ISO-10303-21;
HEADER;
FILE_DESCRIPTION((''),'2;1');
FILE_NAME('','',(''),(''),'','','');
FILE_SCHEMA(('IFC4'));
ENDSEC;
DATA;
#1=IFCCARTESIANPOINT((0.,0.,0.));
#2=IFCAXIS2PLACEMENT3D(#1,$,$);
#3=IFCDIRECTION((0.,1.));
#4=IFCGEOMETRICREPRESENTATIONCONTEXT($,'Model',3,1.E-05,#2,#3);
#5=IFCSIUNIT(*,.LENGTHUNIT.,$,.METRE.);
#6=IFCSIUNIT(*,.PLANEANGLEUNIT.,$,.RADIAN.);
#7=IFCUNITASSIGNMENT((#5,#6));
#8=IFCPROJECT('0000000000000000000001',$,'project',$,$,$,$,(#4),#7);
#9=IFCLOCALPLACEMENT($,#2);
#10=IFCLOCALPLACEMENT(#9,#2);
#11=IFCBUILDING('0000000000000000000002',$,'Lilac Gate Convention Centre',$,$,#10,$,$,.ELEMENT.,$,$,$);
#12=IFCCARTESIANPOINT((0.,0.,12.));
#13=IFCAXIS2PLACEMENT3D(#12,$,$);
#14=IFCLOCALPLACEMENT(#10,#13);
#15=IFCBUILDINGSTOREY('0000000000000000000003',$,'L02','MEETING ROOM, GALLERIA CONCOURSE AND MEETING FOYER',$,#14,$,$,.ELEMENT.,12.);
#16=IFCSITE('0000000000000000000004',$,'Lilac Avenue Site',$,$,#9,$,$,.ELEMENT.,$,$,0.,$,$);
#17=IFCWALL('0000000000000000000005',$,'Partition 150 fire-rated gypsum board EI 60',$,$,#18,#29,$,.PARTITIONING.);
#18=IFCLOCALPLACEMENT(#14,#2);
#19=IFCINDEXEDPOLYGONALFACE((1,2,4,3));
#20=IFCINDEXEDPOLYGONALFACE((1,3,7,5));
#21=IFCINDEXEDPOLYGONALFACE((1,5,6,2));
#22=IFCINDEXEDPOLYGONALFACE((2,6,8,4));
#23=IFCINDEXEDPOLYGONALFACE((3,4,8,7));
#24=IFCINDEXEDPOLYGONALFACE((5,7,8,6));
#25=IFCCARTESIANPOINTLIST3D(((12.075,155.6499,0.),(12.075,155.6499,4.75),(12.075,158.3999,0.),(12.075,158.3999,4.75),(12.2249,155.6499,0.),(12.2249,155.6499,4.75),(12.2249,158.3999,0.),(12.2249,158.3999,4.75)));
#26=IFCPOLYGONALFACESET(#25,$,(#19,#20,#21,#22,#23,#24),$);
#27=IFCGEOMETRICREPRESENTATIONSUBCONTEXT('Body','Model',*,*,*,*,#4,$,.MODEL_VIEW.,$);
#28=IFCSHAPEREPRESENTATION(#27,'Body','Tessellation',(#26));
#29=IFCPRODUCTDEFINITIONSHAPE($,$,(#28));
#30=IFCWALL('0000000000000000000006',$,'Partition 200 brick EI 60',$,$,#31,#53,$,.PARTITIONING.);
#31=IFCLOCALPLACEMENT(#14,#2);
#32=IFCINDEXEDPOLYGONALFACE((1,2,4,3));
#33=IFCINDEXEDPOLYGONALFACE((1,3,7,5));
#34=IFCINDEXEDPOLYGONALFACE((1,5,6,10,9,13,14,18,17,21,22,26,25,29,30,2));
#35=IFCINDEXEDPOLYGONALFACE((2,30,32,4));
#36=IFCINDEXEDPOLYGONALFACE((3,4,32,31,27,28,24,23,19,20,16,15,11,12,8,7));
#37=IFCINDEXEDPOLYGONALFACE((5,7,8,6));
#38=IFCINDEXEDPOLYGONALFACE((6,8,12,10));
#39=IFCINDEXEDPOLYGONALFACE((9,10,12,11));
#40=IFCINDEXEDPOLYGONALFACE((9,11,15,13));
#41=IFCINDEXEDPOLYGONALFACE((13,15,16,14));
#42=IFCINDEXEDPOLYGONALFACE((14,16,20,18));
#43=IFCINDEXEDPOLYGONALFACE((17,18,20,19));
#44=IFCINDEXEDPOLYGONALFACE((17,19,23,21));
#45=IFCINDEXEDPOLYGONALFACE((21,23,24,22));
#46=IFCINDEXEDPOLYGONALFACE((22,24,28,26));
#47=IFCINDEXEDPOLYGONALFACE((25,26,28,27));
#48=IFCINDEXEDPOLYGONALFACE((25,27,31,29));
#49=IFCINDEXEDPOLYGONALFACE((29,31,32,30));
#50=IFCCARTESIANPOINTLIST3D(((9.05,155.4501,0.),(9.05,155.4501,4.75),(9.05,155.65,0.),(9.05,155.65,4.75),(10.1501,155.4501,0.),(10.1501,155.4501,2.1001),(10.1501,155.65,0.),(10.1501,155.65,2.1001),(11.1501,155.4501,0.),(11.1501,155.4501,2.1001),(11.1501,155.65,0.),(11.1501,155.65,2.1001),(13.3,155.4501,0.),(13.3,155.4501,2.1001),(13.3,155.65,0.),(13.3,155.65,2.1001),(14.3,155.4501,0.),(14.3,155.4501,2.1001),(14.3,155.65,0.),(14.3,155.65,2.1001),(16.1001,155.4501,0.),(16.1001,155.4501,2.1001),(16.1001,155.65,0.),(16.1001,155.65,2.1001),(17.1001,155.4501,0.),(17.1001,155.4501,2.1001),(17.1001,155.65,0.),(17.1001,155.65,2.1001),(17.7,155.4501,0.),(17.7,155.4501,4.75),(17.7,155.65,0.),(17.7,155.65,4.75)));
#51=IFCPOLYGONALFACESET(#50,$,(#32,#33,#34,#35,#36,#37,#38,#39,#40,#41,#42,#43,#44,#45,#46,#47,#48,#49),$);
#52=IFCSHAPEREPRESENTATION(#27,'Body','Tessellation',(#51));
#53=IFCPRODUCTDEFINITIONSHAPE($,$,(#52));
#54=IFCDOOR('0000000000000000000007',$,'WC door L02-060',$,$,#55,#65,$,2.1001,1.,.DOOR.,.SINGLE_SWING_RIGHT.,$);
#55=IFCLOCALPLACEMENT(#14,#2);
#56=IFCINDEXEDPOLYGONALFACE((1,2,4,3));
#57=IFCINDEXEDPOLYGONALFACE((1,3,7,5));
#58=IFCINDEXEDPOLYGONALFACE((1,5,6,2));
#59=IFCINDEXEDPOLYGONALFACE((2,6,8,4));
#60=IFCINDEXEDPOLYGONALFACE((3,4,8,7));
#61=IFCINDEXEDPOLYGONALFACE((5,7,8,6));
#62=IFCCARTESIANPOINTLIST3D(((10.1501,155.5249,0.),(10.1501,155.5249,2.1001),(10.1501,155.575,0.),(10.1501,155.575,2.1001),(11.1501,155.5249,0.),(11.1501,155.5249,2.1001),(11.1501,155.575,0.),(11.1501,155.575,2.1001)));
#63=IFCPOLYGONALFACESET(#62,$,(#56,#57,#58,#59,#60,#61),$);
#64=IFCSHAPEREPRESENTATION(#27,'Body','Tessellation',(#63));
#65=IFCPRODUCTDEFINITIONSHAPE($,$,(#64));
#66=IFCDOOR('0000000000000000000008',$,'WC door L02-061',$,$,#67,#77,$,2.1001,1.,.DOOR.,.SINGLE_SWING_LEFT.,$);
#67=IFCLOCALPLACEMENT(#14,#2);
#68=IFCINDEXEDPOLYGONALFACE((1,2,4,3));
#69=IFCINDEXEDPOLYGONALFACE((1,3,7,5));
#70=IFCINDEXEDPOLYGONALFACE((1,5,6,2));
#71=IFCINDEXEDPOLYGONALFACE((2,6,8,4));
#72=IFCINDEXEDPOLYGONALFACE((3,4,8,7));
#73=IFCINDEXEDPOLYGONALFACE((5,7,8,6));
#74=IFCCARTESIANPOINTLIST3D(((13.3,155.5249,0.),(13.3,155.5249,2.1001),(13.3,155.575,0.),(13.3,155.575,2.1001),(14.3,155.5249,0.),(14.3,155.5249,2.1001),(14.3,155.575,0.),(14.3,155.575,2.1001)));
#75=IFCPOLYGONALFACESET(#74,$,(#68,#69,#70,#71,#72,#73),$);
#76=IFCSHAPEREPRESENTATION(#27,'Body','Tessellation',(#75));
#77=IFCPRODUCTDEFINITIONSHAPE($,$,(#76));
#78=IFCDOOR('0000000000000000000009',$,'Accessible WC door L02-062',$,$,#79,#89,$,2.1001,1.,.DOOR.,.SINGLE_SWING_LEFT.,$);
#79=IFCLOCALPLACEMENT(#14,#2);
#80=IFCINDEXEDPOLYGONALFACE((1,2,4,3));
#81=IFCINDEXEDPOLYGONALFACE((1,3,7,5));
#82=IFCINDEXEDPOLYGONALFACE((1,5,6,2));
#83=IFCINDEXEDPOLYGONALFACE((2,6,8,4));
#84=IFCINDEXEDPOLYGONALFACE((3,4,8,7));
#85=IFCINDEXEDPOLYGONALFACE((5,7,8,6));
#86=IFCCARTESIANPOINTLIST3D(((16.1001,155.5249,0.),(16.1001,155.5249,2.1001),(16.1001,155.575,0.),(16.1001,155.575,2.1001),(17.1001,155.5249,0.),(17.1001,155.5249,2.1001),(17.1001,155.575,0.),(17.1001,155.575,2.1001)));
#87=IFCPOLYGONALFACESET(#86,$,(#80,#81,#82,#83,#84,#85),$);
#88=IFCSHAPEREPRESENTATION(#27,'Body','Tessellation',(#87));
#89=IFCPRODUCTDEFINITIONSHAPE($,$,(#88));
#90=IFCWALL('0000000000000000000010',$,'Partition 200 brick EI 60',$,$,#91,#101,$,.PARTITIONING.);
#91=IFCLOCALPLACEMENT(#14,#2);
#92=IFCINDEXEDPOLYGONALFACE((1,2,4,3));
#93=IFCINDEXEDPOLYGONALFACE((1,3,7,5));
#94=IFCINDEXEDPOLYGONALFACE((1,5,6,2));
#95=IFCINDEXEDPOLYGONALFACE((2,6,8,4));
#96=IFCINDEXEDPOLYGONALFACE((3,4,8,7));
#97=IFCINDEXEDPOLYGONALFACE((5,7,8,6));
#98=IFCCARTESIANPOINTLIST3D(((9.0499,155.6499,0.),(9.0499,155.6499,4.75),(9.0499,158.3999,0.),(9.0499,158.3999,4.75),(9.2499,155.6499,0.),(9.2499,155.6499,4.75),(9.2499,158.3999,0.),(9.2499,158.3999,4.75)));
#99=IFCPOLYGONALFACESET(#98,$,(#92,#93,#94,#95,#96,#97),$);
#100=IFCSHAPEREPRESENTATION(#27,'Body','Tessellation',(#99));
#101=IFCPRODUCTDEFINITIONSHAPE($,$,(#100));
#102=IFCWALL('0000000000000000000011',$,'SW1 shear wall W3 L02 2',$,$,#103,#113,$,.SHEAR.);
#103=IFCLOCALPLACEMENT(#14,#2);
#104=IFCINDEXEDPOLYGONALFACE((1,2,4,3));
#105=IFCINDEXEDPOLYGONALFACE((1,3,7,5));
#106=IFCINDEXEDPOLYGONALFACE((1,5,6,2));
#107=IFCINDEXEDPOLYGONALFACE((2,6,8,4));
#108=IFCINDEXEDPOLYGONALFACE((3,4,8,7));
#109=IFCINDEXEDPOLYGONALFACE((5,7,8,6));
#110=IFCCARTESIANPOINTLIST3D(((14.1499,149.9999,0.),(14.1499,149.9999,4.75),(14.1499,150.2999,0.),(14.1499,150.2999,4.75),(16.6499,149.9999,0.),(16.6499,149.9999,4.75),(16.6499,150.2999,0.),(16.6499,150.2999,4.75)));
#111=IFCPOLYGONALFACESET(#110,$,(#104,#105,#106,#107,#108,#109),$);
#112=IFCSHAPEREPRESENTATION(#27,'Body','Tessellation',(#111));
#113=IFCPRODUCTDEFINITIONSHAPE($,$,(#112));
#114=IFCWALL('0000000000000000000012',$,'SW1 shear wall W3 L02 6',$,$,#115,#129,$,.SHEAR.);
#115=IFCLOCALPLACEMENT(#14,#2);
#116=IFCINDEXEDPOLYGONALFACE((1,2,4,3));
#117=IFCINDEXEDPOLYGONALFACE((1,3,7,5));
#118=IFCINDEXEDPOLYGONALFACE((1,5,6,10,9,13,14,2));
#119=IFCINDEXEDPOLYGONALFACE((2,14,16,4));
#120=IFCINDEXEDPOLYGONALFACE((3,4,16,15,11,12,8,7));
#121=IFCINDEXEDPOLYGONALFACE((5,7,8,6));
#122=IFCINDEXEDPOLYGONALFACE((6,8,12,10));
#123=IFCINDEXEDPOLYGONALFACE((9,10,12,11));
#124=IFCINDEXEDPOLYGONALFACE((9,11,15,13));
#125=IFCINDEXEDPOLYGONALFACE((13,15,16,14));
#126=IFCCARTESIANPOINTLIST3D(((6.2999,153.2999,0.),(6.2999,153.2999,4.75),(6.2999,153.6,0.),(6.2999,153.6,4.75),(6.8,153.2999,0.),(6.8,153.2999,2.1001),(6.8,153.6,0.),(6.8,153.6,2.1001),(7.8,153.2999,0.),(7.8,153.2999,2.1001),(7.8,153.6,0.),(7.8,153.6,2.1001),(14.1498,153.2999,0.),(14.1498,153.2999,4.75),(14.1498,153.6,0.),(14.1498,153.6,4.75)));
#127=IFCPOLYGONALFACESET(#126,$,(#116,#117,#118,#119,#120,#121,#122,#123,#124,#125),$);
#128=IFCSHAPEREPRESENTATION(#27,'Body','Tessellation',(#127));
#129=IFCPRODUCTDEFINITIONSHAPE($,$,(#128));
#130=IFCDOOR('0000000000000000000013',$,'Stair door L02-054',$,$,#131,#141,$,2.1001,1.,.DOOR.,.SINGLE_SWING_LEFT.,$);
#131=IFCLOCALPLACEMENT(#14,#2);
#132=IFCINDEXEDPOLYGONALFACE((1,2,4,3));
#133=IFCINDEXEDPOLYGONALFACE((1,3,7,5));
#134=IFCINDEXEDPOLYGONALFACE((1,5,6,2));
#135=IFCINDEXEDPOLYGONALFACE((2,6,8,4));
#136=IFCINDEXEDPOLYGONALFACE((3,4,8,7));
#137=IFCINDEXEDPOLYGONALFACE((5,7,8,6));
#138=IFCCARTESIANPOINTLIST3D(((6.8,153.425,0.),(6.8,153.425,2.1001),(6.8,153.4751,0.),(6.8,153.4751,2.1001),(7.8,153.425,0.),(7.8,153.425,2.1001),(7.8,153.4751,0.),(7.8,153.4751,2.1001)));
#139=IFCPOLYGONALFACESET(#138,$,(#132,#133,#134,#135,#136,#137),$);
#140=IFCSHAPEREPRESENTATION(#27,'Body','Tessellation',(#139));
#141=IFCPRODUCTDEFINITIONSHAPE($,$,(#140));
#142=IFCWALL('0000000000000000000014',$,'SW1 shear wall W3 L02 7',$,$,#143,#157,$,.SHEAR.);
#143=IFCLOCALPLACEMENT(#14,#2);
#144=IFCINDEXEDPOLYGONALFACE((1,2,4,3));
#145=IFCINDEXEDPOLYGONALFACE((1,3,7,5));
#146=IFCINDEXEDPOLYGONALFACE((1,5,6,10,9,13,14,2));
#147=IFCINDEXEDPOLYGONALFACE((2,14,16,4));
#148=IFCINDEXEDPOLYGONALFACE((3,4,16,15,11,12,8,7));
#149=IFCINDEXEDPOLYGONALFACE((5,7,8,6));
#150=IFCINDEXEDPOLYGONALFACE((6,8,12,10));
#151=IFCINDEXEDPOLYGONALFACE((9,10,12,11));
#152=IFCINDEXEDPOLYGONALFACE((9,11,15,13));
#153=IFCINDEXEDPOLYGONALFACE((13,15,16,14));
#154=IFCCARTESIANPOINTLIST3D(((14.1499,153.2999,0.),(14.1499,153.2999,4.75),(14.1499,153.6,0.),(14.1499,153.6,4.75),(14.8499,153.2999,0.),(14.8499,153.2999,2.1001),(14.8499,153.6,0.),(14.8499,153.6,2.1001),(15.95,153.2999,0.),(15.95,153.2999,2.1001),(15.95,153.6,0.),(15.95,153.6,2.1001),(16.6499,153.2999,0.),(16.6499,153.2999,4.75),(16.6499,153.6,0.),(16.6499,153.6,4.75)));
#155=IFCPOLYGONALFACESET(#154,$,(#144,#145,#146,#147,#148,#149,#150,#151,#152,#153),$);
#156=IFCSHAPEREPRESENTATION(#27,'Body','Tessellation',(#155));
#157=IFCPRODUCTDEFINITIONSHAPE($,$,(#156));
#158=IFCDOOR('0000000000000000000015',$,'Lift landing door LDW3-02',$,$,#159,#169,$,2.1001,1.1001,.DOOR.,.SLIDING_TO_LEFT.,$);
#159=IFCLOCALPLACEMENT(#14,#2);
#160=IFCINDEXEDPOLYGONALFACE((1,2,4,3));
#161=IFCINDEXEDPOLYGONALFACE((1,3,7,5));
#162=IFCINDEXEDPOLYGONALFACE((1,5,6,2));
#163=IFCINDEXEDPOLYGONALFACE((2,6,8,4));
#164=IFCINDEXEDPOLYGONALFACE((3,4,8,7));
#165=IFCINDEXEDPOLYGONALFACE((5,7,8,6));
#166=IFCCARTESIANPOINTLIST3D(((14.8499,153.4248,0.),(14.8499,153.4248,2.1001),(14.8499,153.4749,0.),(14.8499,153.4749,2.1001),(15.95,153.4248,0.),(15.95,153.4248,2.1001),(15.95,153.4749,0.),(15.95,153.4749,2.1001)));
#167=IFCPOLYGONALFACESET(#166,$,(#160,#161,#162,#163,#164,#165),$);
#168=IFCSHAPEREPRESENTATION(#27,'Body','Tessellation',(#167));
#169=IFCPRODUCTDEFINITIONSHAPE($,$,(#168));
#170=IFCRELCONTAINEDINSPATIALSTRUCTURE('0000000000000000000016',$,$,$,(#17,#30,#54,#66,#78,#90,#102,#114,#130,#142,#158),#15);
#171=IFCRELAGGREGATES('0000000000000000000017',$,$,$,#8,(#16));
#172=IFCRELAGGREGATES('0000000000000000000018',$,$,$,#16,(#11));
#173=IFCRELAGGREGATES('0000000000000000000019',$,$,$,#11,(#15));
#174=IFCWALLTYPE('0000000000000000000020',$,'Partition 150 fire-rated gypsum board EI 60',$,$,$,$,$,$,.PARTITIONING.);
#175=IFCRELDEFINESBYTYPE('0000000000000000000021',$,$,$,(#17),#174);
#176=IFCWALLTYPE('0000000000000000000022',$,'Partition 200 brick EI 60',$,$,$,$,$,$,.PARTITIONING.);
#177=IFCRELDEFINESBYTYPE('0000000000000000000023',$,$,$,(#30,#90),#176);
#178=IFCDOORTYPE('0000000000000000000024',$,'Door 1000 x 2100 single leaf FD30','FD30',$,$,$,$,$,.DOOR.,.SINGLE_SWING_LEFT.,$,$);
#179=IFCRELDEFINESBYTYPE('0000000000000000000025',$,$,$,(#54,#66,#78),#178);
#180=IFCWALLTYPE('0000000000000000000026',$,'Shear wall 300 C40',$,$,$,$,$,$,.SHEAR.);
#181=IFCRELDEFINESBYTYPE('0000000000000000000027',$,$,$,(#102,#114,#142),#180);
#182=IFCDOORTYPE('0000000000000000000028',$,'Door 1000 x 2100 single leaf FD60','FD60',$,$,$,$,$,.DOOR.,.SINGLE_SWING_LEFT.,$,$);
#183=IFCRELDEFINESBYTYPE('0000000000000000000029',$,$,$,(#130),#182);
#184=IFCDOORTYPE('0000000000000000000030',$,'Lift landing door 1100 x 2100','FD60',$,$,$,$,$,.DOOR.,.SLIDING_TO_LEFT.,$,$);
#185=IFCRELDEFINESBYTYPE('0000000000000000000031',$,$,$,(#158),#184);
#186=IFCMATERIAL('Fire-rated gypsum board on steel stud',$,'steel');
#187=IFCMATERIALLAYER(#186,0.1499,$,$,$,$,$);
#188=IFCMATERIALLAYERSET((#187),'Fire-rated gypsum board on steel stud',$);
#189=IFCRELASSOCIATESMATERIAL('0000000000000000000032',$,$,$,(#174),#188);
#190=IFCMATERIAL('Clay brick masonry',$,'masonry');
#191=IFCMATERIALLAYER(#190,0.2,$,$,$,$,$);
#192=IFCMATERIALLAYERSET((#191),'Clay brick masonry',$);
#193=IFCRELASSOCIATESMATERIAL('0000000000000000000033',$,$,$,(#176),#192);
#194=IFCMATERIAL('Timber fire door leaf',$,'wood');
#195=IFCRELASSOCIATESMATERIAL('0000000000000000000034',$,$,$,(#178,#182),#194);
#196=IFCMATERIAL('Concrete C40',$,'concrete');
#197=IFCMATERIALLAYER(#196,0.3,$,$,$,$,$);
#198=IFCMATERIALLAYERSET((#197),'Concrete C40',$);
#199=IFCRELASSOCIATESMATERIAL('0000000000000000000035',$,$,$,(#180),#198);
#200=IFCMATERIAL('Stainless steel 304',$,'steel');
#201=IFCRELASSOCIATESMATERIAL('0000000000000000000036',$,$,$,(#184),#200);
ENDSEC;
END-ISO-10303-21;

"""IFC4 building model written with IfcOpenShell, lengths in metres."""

from ifc_helpers import new_model, si_unit, direction, frame, frame_2d, origin, place, context, subcontext, project, spatial, rectangle, extrude, material, layer, layer_set, type_object, element, fill, save


model = new_model("IFC4")

# Units and contexts
model_context = context("Model", 3, precision=1e-05, world=origin(), true_north=direction((0.0, 1.0)))
body_context = subcontext(model_context, "Body", "Model", "MODEL_VIEW")
ifc_project = project(units=[si_unit("LENGTHUNIT", "METRE"), si_unit("PLANEANGLEUNIT", "RADIAN")], contexts=[model_context])

# Site, building, storey
site_placement = place(None, origin())
site = spatial("IfcSite", under=ifc_project, at=site_placement, Name="Lilac Avenue Site", CompositionType="ELEMENT", RefElevation=0.0)
building_placement = place(site_placement, origin())
building = spatial("IfcBuilding", under=site, at=building_placement, Name="Lilac Gate Convention Centre", CompositionType="ELEMENT")
storey_placement = place(building_placement, frame((0.0, 0.0, 12.0)))
storey = spatial("IfcBuildingStorey", under=building, at=storey_placement, Name="L02", Description="MEETING ROOM, GALLERIA CONCOURSE AND MEETING FOYER", CompositionType="ELEMENT", Elevation=12.0)

# Wall
ifc_material_1 = material(Name="Fire-rated gypsum board on steel stud", Category="steel")
ifc_layer_1 = layer(ifc_material_1, 0.1499)
ifc_layer_set_1 = layer_set([ifc_layer_1], Name="Fire-rated gypsum board on steel stud")
wall_type_1 = type_object("IfcWallType", Name="Partition 150 fire-rated gypsum board EI 60", PredefinedType="PARTITIONING", material=ifc_layer_set_1)
wall_1_placement = place(storey_placement, frame((12.1499, 155.6499, 0.0), z_axis=(0.0, 0.0, 1.0), x_axis=(0.0, 1.0, 0.0)))
element("IfcWall", 1, at=wall_1_placement, inside=storey, type_object=wall_type_1, Name="Partition 150 fire-rated gypsum board EI 60", PredefinedType="PARTITIONING", context=body_context, shape_type="SweptSolid", body=[
    extrude(rectangle(XDim=2.75, YDim=0.1499, at=frame_2d((1.375, 0.0))), origin(), (0.0, 0.0, 1.0), 4.75),
])

# Wall, openings, doors
ifc_material_2 = material(Name="Clay brick masonry", Category="masonry")
ifc_layer_2 = layer(ifc_material_2, 0.2)
ifc_layer_set_2 = layer_set([ifc_layer_2], Name="Clay brick masonry")
wall_type_2 = type_object("IfcWallType", Name="Partition 200 brick EI 60", PredefinedType="PARTITIONING", material=ifc_layer_set_2)
wall_2_placement = place(storey_placement, frame((9.05, 155.55, 0.0), z_axis=(0.0, 0.0, 1.0), x_axis=(1.0, 0.0, 0.0)))
wall_2 = element("IfcWall", 2, at=wall_2_placement, inside=storey, type_object=wall_type_2, Name="Partition 200 brick EI 60", PredefinedType="PARTITIONING", context=body_context, shape_type="SweptSolid", body=[
    extrude(rectangle(XDim=8.6499, YDim=0.2, at=frame_2d((4.325, 0.0))), origin(), (0.0, 0.0, 1.0), 4.75),
])
opening_1_placement = place(wall_2_placement, frame((1.1001, 0.0, 0.0)))
opening_1 = element("IfcOpeningElement", 3, at=opening_1_placement, cuts=wall_2, PredefinedType="OPENING", context=body_context, shape_type="SweptSolid", body=[
    extrude(rectangle(XDim=1.0, YDim=2.1001, at=frame_2d((0.5, 1.05))), frame((0.0, 0.1099, 0.0), z_axis=(0.0, -1.0, 0.0), x_axis=(1.0, 0.0, 0.0)), (0.0, 0.0, 1.0), 0.22),
])
opening_2_placement = place(wall_2_placement, frame((4.25, 0.0, 0.0)))
opening_2 = element("IfcOpeningElement", 4, at=opening_2_placement, cuts=wall_2, PredefinedType="OPENING", context=body_context, shape_type="SweptSolid", body=[
    extrude(rectangle(XDim=1.0, YDim=2.1001, at=frame_2d((0.5, 1.05))), frame((0.0, 0.1099, 0.0), z_axis=(0.0, -1.0, 0.0), x_axis=(1.0, 0.0, 0.0)), (0.0, 0.0, 1.0), 0.22),
])
opening_3_placement = place(wall_2_placement, frame((7.05, 0.0, 0.0)))
opening_3 = element("IfcOpeningElement", 5, at=opening_3_placement, cuts=wall_2, PredefinedType="OPENING", context=body_context, shape_type="SweptSolid", body=[
    extrude(rectangle(XDim=1.0, YDim=2.1001, at=frame_2d((0.5, 1.05))), frame((0.0, 0.1099, 0.0), z_axis=(0.0, -1.0, 0.0), x_axis=(1.0, 0.0, 0.0)), (0.0, 0.0, 1.0), 0.22),
])
ifc_material_3 = material(Name="Timber fire door leaf", Category="wood")
door_type_1 = type_object("IfcDoorType", Name="Door 1000 x 2100 single leaf FD30", Description="FD30", OperationType="SINGLE_SWING_LEFT", PredefinedType="DOOR", material=ifc_material_3)
door_1_placement = place(opening_1_placement, origin())
door_1 = element("IfcDoor", 6, at=door_1_placement, inside=storey, type_object=door_type_1, Name="WC door L02-060", OperationType="SINGLE_SWING_RIGHT", OverallHeight=2.1001, OverallWidth=1.0, PredefinedType="DOOR", context=body_context, shape_type="SweptSolid", body=[
    extrude(rectangle(XDim=1.0, YDim=2.1001, at=frame_2d((0.5, 1.05))), frame((0.0, 0.0249, 0.0), z_axis=(0.0, -1.0, 0.0), x_axis=(1.0, 0.0, 0.0)), (0.0, 0.0, 1.0), 0.05),
])
fill(opening_1, door_1)
door_2_placement = place(opening_2_placement, origin())
door_2 = element("IfcDoor", 7, at=door_2_placement, inside=storey, type_object=door_type_1, Name="WC door L02-061", OperationType="SINGLE_SWING_LEFT", OverallHeight=2.1001, OverallWidth=1.0, PredefinedType="DOOR", context=body_context, shape_type="SweptSolid", body=[
    extrude(rectangle(XDim=1.0, YDim=2.1001, at=frame_2d((0.5, 1.05))), frame((0.0, 0.0249, 0.0), z_axis=(0.0, -1.0, 0.0), x_axis=(1.0, 0.0, 0.0)), (0.0, 0.0, 1.0), 0.05),
])
fill(opening_2, door_2)
door_3_placement = place(opening_3_placement, origin())
door_3 = element("IfcDoor", 8, at=door_3_placement, inside=storey, type_object=door_type_1, Name="Accessible WC door L02-062", OperationType="SINGLE_SWING_LEFT", OverallHeight=2.1001, OverallWidth=1.0, PredefinedType="DOOR", context=body_context, shape_type="SweptSolid", body=[
    extrude(rectangle(XDim=1.0, YDim=2.1001, at=frame_2d((0.5, 1.05))), frame((0.0, 0.0249, 0.0), z_axis=(0.0, -1.0, 0.0), x_axis=(1.0, 0.0, 0.0)), (0.0, 0.0, 1.0), 0.05),
])
fill(opening_3, door_3)

# Walls
wall_3_placement = place(storey_placement, frame((9.1499, 155.6499, 0.0), z_axis=(0.0, 0.0, 1.0), x_axis=(0.0, 1.0, 0.0)))
element("IfcWall", 9, at=wall_3_placement, inside=storey, type_object=wall_type_2, Name="Partition 200 brick EI 60", PredefinedType="PARTITIONING", context=body_context, shape_type="SweptSolid", body=[
    extrude(rectangle(XDim=2.75, YDim=0.2, at=frame_2d((1.375, 0.0))), origin(), (0.0, 0.0, 1.0), 4.75),
])
ifc_material_4 = material(Name="Concrete C40", Category="concrete")
ifc_layer_3 = layer(ifc_material_4, 0.3)
ifc_layer_set_3 = layer_set([ifc_layer_3], Name="Concrete C40")
wall_type_3 = type_object("IfcWallType", Name="Shear wall 300 C40", PredefinedType="SHEAR", material=ifc_layer_set_3)
wall_4_placement = place(storey_placement, frame((14.1499, 150.1499, 0.0), z_axis=(0.0, 0.0, 1.0), x_axis=(1.0, 0.0, 0.0)))
element("IfcWall", 10, at=wall_4_placement, inside=storey, type_object=wall_type_3, Name="SW1 shear wall W3 L02 2", PredefinedType="SHEAR", context=body_context, shape_type="SweptSolid", body=[
    extrude(rectangle(XDim=2.5, YDim=0.3, at=frame_2d((1.25, 0.0))), origin(), (0.0, 0.0, 1.0), 4.75),
])

# Walls, openings, doors
wall_5_placement = place(storey_placement, frame((6.3, 153.45, 0.0), z_axis=(0.0, 0.0, 1.0), x_axis=(1.0, 0.0, 0.0)))
wall_5 = element("IfcWall", 11, at=wall_5_placement, inside=storey, type_object=wall_type_3, Name="SW1 shear wall W3 L02 6", PredefinedType="SHEAR", context=body_context, shape_type="SweptSolid", body=[
    extrude(rectangle(XDim=7.8499, YDim=0.3, at=frame_2d((3.9248, 0.0))), origin(), (0.0, 0.0, 1.0), 4.75),
])
opening_4_placement = place(wall_5_placement, frame((0.5, 0.0, 0.0)))
opening_4 = element("IfcOpeningElement", 12, at=opening_4_placement, cuts=wall_5, PredefinedType="OPENING", context=body_context, shape_type="SweptSolid", body=[
    extrude(rectangle(XDim=1.0, YDim=2.1001, at=frame_2d((0.5, 1.05))), frame((0.0, 0.1599, 0.0), z_axis=(0.0, -1.0, 0.0), x_axis=(1.0, 0.0, 0.0)), (0.0, 0.0, 1.0), 0.3201),
])
door_type_2 = type_object("IfcDoorType", Name="Door 1000 x 2100 single leaf FD60", Description="FD60", OperationType="SINGLE_SWING_LEFT", PredefinedType="DOOR", material=ifc_material_3)
door_4_placement = place(opening_4_placement, frame((1.0, 0.0, 0.0), z_axis=(0.0, 0.0, 1.0), x_axis=(-1.0, 0.0, 0.0)))
door_4 = element("IfcDoor", 13, at=door_4_placement, inside=storey, type_object=door_type_2, Name="Stair door L02-054", OperationType="SINGLE_SWING_LEFT", OverallHeight=2.1001, OverallWidth=1.0, PredefinedType="DOOR", context=body_context, shape_type="SweptSolid", body=[
    extrude(rectangle(XDim=1.0, YDim=2.1001, at=frame_2d((0.5, 1.05))), frame((0.0, 0.0249, 0.0), z_axis=(0.0, -1.0, 0.0), x_axis=(1.0, 0.0, 0.0)), (0.0, 0.0, 1.0), 0.05),
])
fill(opening_4, door_4)
wall_6_placement = place(storey_placement, frame((14.1499, 153.45, 0.0), z_axis=(0.0, 0.0, 1.0), x_axis=(1.0, 0.0, 0.0)))
wall_6 = element("IfcWall", 14, at=wall_6_placement, inside=storey, type_object=wall_type_3, Name="SW1 shear wall W3 L02 7", PredefinedType="SHEAR", context=body_context, shape_type="SweptSolid", body=[
    extrude(rectangle(XDim=2.5, YDim=0.3, at=frame_2d((1.25, 0.0))), origin(), (0.0, 0.0, 1.0), 4.75),
])
opening_5_placement = place(wall_6_placement, frame((0.7, 0.0, 0.0)))
opening_5 = element("IfcOpeningElement", 15, at=opening_5_placement, cuts=wall_6, PredefinedType="OPENING", context=body_context, shape_type="SweptSolid", body=[
    extrude(rectangle(XDim=1.1001, YDim=2.1001, at=frame_2d((0.55, 1.05))), frame((0.0, 0.1599, 0.0), z_axis=(0.0, -1.0, 0.0), x_axis=(1.0, 0.0, 0.0)), (0.0, 0.0, 1.0), 0.3201),
])
ifc_material_5 = material(Name="Stainless steel 304", Category="steel")
door_type_3 = type_object("IfcDoorType", Name="Lift landing door 1100 x 2100", Description="FD60", OperationType="SLIDING_TO_LEFT", PredefinedType="DOOR", material=ifc_material_5)
door_5_placement = place(opening_5_placement, origin())
door_5 = element("IfcDoor", 16, at=door_5_placement, inside=storey, type_object=door_type_3, Name="Lift landing door LDW3-02", OperationType="SLIDING_TO_LEFT", OverallHeight=2.1001, OverallWidth=1.1001, PredefinedType="DOOR", context=body_context, shape_type="SweptSolid", body=[
    extrude(rectangle(XDim=1.1001, YDim=2.1001, at=frame_2d((0.55, 1.05))), frame((0.0, 0.0249, 0.0), z_axis=(0.0, -1.0, 0.0), x_axis=(1.0, 0.0, 0.0)), (0.0, 0.0, 1.0), 0.05),
])
fill(opening_5, door_5)

save(model, "model.ifc")
